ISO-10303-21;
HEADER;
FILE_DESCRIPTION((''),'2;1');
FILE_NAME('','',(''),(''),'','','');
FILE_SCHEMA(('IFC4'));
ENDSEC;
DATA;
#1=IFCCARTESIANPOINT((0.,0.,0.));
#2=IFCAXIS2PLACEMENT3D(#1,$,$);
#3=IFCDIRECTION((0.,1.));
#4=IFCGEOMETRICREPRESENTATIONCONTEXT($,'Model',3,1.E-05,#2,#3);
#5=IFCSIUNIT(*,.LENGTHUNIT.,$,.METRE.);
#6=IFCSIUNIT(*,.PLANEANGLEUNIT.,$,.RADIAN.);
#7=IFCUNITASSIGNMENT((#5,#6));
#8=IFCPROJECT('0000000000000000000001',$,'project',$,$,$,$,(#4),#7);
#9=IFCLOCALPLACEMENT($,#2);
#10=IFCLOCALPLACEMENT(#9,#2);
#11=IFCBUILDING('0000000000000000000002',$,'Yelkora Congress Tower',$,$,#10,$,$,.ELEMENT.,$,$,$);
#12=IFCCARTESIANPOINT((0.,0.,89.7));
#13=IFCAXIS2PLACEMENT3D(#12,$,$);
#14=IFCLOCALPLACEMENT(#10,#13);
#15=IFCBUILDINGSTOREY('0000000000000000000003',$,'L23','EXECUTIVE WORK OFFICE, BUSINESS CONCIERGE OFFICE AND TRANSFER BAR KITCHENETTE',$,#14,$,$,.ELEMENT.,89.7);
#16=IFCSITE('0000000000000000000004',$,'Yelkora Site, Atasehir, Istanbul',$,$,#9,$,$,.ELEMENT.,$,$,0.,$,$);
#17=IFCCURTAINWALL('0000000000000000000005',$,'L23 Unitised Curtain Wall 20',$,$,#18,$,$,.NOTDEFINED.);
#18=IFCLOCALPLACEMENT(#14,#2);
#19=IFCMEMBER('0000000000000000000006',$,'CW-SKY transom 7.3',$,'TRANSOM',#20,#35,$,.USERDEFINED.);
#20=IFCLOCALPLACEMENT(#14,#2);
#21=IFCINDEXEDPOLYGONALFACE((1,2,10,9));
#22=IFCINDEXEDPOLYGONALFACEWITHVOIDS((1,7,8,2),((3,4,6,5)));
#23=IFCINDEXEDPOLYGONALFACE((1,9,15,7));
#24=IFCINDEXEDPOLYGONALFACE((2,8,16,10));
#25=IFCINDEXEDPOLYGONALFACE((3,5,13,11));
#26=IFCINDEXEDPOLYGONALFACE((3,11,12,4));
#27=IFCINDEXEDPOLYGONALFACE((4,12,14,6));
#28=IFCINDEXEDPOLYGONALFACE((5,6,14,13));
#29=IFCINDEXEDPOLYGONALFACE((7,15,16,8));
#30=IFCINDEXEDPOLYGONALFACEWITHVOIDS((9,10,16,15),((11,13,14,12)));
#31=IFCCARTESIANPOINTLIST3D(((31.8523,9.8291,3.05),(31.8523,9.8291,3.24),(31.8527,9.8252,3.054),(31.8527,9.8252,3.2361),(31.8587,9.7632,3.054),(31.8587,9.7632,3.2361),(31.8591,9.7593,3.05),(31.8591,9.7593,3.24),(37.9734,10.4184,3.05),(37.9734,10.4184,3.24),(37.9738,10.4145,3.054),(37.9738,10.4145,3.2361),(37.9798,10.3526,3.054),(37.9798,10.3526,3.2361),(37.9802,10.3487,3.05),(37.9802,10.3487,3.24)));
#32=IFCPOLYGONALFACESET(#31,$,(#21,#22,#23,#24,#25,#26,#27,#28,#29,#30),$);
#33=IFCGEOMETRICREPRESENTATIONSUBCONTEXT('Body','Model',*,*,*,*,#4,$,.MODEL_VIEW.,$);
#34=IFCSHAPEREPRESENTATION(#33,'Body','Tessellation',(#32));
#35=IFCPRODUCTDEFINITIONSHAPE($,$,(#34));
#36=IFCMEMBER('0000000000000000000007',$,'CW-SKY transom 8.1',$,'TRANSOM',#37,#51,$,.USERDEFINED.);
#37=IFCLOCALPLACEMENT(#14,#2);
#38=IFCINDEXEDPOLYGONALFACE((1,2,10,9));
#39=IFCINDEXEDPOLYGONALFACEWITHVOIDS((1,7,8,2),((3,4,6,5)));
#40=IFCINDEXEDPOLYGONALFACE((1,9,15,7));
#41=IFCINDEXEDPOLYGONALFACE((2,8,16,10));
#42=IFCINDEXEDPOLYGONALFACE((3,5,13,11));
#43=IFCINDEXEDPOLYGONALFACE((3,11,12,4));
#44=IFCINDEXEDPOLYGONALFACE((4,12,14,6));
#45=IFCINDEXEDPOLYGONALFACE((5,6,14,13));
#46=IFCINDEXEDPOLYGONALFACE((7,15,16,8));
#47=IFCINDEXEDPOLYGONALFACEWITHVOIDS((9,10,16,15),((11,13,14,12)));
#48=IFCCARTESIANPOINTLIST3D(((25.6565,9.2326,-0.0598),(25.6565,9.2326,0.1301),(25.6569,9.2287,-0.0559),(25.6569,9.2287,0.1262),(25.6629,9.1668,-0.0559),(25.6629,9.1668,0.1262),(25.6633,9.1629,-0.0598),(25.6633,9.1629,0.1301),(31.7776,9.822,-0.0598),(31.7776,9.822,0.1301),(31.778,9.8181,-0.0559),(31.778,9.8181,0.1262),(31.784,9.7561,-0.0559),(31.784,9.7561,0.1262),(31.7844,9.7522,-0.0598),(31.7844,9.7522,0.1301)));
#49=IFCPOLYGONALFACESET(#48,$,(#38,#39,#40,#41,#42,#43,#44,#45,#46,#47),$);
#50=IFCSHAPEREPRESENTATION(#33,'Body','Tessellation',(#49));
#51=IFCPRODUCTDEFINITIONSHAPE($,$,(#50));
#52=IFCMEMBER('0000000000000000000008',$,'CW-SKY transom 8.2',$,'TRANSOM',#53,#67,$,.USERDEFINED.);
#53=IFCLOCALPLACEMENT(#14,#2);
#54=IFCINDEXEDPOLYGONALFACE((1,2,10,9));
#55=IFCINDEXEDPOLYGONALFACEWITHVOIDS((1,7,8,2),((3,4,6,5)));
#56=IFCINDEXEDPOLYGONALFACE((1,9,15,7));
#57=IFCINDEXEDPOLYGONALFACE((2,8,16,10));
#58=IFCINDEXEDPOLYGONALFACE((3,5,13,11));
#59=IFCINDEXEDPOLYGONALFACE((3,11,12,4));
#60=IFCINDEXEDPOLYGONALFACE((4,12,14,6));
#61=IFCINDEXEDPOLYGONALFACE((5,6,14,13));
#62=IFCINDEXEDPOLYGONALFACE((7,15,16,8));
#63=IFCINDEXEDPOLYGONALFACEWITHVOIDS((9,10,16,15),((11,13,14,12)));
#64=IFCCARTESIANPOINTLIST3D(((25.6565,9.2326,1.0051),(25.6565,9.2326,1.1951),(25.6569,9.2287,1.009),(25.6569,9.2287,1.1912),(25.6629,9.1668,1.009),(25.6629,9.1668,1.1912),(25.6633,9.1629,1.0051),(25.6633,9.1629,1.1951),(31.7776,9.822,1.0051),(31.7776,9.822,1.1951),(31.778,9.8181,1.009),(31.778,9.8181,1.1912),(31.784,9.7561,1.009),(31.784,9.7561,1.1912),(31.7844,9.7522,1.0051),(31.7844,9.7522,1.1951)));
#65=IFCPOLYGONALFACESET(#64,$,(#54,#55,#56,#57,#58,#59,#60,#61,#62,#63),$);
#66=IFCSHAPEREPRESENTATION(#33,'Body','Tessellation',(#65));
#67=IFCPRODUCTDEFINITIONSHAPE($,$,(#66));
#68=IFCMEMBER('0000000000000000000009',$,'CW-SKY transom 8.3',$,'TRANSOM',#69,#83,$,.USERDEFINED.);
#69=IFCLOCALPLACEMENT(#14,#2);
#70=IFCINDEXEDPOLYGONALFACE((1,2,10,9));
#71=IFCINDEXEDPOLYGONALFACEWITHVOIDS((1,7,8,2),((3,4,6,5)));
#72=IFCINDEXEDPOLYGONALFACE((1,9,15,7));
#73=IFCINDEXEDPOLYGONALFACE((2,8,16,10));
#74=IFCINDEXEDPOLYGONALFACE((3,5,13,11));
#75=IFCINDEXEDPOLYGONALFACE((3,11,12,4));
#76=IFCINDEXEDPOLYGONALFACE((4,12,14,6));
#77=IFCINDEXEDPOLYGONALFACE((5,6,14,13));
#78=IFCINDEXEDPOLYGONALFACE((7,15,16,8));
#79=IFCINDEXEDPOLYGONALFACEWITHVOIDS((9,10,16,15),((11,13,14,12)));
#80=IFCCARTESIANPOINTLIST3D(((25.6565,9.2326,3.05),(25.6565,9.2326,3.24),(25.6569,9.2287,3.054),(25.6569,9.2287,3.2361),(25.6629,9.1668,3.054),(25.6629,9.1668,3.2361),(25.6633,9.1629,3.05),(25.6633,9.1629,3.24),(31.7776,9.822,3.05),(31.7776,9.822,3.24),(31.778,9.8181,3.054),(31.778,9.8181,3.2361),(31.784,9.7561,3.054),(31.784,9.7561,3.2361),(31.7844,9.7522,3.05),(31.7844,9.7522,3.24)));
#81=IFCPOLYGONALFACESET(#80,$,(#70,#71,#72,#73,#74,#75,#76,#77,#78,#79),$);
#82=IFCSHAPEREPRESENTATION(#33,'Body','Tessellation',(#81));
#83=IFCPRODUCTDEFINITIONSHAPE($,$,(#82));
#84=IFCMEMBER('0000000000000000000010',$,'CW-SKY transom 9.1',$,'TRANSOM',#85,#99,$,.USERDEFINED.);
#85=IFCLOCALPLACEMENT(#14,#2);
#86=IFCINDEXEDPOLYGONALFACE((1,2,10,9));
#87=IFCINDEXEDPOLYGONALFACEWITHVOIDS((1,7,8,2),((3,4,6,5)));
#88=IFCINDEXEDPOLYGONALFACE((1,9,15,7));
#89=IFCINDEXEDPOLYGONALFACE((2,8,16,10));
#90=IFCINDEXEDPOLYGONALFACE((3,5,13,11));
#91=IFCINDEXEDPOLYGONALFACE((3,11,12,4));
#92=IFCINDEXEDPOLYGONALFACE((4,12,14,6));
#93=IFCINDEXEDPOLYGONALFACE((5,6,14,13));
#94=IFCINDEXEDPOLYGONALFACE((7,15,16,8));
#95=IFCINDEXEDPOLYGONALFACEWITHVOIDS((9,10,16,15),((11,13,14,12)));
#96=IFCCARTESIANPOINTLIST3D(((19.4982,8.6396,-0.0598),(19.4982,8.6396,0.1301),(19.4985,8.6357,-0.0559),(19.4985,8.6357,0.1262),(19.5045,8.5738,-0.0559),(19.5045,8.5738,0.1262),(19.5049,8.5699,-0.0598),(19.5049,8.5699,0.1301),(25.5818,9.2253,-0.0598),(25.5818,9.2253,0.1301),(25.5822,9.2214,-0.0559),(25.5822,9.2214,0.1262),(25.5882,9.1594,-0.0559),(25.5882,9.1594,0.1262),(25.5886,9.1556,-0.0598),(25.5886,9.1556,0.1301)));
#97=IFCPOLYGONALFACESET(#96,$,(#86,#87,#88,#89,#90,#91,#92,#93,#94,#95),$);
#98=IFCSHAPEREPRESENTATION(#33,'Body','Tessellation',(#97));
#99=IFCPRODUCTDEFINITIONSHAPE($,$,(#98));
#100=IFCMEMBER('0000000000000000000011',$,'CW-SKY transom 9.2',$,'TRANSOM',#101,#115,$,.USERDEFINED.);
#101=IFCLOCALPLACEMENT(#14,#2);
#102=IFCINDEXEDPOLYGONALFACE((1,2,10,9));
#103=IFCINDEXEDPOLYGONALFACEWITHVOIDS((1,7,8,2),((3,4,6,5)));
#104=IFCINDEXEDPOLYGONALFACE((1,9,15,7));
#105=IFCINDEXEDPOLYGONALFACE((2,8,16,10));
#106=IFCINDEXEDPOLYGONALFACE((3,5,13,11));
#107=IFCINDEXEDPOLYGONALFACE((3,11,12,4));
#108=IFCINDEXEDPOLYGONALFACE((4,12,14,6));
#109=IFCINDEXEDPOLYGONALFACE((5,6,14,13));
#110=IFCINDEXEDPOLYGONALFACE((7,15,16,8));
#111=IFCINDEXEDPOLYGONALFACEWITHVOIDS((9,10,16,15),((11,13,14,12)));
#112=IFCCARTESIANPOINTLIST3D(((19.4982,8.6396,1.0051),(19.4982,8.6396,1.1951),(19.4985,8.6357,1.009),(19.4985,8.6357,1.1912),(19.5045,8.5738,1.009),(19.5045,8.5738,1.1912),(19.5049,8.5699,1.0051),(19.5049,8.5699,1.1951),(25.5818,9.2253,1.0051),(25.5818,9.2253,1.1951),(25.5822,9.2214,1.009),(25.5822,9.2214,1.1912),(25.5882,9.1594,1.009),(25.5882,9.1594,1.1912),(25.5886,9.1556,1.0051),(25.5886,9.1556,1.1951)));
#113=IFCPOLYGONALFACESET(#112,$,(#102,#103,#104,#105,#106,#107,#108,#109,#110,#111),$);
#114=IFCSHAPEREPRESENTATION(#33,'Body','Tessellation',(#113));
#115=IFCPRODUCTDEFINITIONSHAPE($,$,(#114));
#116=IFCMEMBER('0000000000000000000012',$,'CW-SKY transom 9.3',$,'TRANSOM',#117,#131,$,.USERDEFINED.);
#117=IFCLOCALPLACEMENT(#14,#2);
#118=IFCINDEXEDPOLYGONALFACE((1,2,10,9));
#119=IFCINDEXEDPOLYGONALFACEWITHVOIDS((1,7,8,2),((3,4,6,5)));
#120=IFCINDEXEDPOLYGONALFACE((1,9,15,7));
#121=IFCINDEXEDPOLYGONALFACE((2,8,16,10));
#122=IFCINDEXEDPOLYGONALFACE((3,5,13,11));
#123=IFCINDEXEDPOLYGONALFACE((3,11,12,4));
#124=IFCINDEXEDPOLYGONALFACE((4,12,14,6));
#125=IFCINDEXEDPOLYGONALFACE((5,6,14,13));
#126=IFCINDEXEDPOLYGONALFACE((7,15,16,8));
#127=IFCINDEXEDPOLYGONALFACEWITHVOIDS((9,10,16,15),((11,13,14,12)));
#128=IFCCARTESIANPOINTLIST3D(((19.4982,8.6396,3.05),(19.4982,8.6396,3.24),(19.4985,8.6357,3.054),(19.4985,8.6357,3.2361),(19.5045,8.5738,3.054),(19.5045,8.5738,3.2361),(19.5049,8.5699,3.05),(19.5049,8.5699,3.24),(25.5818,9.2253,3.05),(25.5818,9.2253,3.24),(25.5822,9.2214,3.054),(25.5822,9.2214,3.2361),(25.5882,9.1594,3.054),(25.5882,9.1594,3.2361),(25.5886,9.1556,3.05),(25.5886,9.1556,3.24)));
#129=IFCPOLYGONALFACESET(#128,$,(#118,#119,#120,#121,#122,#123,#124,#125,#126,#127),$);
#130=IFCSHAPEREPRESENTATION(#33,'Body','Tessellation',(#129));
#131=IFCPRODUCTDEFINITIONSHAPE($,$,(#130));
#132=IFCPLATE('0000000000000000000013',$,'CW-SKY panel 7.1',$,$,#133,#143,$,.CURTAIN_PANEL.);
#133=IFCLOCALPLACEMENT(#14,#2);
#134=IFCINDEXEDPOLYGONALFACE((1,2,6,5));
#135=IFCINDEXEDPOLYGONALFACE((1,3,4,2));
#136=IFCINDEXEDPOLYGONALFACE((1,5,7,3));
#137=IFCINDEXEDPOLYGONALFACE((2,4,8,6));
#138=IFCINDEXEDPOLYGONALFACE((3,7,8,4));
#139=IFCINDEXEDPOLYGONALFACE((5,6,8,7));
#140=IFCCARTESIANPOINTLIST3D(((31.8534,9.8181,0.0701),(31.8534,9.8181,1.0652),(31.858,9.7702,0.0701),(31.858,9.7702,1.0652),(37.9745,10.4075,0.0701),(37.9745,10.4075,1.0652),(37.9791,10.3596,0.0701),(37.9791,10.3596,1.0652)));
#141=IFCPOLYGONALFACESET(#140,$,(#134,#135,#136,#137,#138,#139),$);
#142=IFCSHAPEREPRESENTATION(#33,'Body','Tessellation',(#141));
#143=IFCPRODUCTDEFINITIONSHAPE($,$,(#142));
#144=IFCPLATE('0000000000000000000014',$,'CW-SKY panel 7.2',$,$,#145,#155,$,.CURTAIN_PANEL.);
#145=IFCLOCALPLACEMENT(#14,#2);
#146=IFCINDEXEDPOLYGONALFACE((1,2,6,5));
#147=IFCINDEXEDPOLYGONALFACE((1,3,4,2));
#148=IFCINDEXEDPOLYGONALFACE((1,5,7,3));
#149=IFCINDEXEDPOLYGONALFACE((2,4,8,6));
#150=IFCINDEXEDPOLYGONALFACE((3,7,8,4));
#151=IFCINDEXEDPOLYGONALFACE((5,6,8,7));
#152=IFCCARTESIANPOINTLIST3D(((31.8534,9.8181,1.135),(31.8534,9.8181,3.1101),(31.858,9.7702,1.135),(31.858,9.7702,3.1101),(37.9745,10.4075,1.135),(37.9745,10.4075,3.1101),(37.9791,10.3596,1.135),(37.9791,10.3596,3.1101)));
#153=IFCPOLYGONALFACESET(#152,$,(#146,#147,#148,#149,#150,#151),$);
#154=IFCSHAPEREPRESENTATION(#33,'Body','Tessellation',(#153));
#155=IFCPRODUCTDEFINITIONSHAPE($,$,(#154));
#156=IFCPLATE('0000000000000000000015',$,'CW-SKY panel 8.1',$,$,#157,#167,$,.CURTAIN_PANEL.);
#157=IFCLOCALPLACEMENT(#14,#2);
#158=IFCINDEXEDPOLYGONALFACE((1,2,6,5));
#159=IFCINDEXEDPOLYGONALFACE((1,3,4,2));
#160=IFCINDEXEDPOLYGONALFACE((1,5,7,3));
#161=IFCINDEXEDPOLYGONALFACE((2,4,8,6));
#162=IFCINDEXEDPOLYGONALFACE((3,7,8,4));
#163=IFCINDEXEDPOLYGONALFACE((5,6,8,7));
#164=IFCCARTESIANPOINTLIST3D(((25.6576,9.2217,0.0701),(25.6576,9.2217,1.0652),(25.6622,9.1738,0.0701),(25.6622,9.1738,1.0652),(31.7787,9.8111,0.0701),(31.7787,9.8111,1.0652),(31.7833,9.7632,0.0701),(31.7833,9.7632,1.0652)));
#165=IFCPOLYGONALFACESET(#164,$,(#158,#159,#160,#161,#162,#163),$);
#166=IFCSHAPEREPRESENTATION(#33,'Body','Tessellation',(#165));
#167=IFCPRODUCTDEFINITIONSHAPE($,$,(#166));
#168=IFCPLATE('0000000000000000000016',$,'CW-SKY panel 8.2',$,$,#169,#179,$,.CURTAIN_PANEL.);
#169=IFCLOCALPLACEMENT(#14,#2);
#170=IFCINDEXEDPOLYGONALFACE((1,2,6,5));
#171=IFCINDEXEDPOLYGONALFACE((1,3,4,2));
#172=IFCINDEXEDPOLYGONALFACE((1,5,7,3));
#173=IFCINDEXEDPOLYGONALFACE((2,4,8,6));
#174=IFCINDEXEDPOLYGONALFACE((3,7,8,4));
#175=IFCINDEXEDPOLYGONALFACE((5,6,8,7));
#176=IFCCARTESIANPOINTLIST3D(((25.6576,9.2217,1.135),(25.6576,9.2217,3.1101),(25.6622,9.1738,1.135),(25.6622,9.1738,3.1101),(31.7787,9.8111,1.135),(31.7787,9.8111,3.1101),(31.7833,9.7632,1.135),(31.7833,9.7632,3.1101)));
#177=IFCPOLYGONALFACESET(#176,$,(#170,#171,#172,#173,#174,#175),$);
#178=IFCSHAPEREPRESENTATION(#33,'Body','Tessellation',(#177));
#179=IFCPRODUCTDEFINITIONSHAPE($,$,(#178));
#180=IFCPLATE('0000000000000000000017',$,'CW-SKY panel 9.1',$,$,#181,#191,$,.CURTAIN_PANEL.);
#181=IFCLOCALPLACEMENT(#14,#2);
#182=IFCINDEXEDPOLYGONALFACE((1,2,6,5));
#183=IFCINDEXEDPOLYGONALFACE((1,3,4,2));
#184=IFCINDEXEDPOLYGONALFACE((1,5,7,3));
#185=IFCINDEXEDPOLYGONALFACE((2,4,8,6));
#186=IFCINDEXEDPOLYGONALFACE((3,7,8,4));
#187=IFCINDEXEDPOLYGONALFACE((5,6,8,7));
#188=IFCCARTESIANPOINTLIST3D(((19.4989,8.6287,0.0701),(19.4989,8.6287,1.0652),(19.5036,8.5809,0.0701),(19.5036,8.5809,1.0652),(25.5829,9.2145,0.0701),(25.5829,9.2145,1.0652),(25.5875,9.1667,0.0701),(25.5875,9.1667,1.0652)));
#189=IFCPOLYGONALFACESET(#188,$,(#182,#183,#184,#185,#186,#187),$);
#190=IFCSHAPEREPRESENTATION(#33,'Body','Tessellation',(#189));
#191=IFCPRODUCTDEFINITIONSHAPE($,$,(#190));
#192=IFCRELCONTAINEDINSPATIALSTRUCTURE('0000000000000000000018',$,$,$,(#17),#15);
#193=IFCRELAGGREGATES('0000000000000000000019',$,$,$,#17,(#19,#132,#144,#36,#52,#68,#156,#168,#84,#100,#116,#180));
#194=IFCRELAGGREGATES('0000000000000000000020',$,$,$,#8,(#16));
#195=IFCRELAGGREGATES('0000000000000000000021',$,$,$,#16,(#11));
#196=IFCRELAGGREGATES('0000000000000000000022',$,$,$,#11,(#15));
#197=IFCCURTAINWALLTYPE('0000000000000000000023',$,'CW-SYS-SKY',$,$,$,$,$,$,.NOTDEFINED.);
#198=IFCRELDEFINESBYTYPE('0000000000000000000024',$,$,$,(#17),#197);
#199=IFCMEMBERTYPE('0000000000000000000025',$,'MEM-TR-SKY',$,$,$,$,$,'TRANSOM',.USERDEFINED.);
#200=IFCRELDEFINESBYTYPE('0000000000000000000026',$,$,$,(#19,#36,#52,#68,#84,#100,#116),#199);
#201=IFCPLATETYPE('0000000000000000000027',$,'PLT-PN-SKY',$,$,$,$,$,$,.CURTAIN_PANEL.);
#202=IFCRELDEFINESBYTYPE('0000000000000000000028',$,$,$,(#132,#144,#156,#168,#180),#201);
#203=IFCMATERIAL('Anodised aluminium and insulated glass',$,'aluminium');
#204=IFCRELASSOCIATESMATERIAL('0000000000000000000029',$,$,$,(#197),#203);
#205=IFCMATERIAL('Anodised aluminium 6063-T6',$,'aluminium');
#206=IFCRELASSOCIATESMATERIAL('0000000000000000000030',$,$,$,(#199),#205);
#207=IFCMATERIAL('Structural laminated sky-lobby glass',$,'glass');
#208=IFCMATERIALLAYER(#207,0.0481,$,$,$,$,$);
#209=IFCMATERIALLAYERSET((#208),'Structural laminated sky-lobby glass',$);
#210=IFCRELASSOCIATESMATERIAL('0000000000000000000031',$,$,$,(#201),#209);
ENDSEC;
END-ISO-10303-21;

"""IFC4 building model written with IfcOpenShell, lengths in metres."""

from ifc_helpers import new_model, si_unit, direction, frame, origin, origin_2d, place, context, subcontext, project, spatial, rectangle, hollow_rectangle, extrude, material, layer, layer_set, material_profile, profile_set, type_object, element, aggregate, save


model = new_model("IFC4")

# Units and contexts
model_context = context("Model", 3, precision=1e-05, world=origin(), true_north=direction((0.0, 1.0)))
body_context = subcontext(model_context, "Body", "Model", "MODEL_VIEW")
ifc_project = project(units=[si_unit("LENGTHUNIT", "METRE"), si_unit("PLANEANGLEUNIT", "RADIAN")], contexts=[model_context])

# Site, building, storey
site_placement = place(None, origin())
site = spatial("IfcSite", under=ifc_project, at=site_placement, Name="Yelkora Site, Atasehir, Istanbul", CompositionType="ELEMENT", RefElevation=0.0)
building_placement = place(site_placement, origin())
building = spatial("IfcBuilding", under=site, at=building_placement, Name="Yelkora Congress Tower", CompositionType="ELEMENT")
storey_placement = place(building_placement, frame((0.0, 0.0, 89.7)))
storey = spatial("IfcBuildingStorey", under=building, at=storey_placement, Name="L23", Description="EXECUTIVE WORK OFFICE, BUSINESS CONCIERGE OFFICE AND TRANSFER BAR KITCHENETTE", CompositionType="ELEMENT", Elevation=89.7)

# Curtain wall, members, plates
ifc_material_1 = material(Name="Anodised aluminium and insulated glass", Category="aluminium")
curtain_wall_type = type_object("IfcCurtainWallType", Name="CW-SYS-SKY", PredefinedType="NOTDEFINED", material=ifc_material_1)
curtain_wall_placement = place(storey_placement, origin())
curtain_wall = element("IfcCurtainWall", 1, at=curtain_wall_placement, inside=storey, type_object=curtain_wall_type, Name="L23 Unitised Curtain Wall 20", PredefinedType="NOTDEFINED")
ifc_material_2 = material(Name="Anodised aluminium 6063-T6", Category="aluminium")
ifc_material_profile_1 = material_profile(ifc_material_2, hollow_rectangle(XDim=0.0701, YDim=0.1899, WallThickness=0.0039, at=origin_2d()), Name="ALU 70x190x4")
ifc_profile_set_1 = profile_set([ifc_material_profile_1], Name="Anodised aluminium 6063-T6")
member_type_1 = type_object("IfcMemberType", Name="MEM-TR-SKY", ElementType="TRANSOM", PredefinedType="USERDEFINED", material=ifc_profile_set_1)
member_1_placement = place(storey_placement, frame((37.9768, 10.3835, 3.145), z_axis=(-0.995397, -0.095839, 0.0), x_axis=(0.095839, -0.995397, 0.0)))
member_1 = element("IfcMember", 2, at=member_1_placement, type_object=member_type_1, Name="CW-SKY transom 7.3", ObjectType="TRANSOM", PredefinedType="USERDEFINED", context=body_context, shape_type="SweptSolid", body=[
    extrude(hollow_rectangle(XDim=0.0701, YDim=0.1899, WallThickness=0.0039, at=origin_2d()), origin(), (0.0, 0.0, 1.0), 6.1494),
])
member_2_placement = place(storey_placement, frame((31.781, 9.7871, 0.0352), z_axis=(-0.995397, -0.095839, 0.0), x_axis=(0.095839, -0.995397, 0.0)))
member_2 = element("IfcMember", 3, at=member_2_placement, type_object=member_type_1, Name="CW-SKY transom 8.1", ObjectType="TRANSOM", PredefinedType="USERDEFINED", context=body_context, shape_type="SweptSolid", body=[
    extrude(hollow_rectangle(XDim=0.0701, YDim=0.1899, WallThickness=0.0039, at=origin_2d()), origin(), (0.0, 0.0, 1.0), 6.1494),
])
member_3_placement = place(storey_placement, frame((31.781, 9.7871, 1.1001), z_axis=(-0.995397, -0.095839, 0.0), x_axis=(0.095839, -0.995397, 0.0)))
member_3 = element("IfcMember", 4, at=member_3_placement, type_object=member_type_1, Name="CW-SKY transom 8.2", ObjectType="TRANSOM", PredefinedType="USERDEFINED", context=body_context, shape_type="SweptSolid", body=[
    extrude(hollow_rectangle(XDim=0.0701, YDim=0.1899, WallThickness=0.0039, at=origin_2d()), origin(), (0.0, 0.0, 1.0), 6.1494),
])
member_4_placement = place(storey_placement, frame((31.781, 9.7871, 3.145), z_axis=(-0.995397, -0.095839, 0.0), x_axis=(0.095839, -0.995397, 0.0)))
member_4 = element("IfcMember", 5, at=member_4_placement, type_object=member_type_1, Name="CW-SKY transom 8.3", ObjectType="TRANSOM", PredefinedType="USERDEFINED", context=body_context, shape_type="SweptSolid", body=[
    extrude(hollow_rectangle(XDim=0.0701, YDim=0.1899, WallThickness=0.0039, at=origin_2d()), origin(), (0.0, 0.0, 1.0), 6.1494),
])
member_5_placement = place(storey_placement, frame((25.5852, 9.1904, 0.0352), z_axis=(-0.995398, -0.095829, 0.0), x_axis=(0.095829, -0.995398, 0.0)))
member_5 = element("IfcMember", 6, at=member_5_placement, type_object=member_type_1, Name="CW-SKY transom 9.1", ObjectType="TRANSOM", PredefinedType="USERDEFINED", context=body_context, shape_type="SweptSolid", body=[
    extrude(hollow_rectangle(XDim=0.0701, YDim=0.1899, WallThickness=0.0039, at=origin_2d()), origin(), (0.0, 0.0, 1.0), 6.1118),
])
member_6_placement = place(storey_placement, frame((25.5852, 9.1904, 1.1001), z_axis=(-0.995398, -0.095829, 0.0), x_axis=(0.095829, -0.995398, 0.0)))
member_6 = element("IfcMember", 7, at=member_6_placement, type_object=member_type_1, Name="CW-SKY transom 9.2", ObjectType="TRANSOM", PredefinedType="USERDEFINED", context=body_context, shape_type="SweptSolid", body=[
    extrude(hollow_rectangle(XDim=0.0701, YDim=0.1899, WallThickness=0.0039, at=origin_2d()), origin(), (0.0, 0.0, 1.0), 6.1118),
])
member_7_placement = place(storey_placement, frame((25.5852, 9.1904, 3.145), z_axis=(-0.995398, -0.095829, 0.0), x_axis=(0.095829, -0.995398, 0.0)))
member_7 = element("IfcMember", 8, at=member_7_placement, type_object=member_type_1, Name="CW-SKY transom 9.3", ObjectType="TRANSOM", PredefinedType="USERDEFINED", context=body_context, shape_type="SweptSolid", body=[
    extrude(hollow_rectangle(XDim=0.0701, YDim=0.1899, WallThickness=0.0039, at=origin_2d()), origin(), (0.0, 0.0, 1.0), 6.1118),
])
ifc_material_3 = material(Name="Structural laminated sky-lobby glass", Category="glass")
ifc_layer_1 = layer(ifc_material_3, 0.0481)
ifc_layer_set_1 = layer_set([ifc_layer_1], Name="Structural laminated sky-lobby glass")
plate_type = type_object("IfcPlateType", Name="PLT-PN-SKY", PredefinedType="CURTAIN_PANEL", material=ifc_layer_set_1)
plate_1_placement = place(storey_placement, frame((34.9163, 10.0889, 0.0701), z_axis=(0.0, 0.0, 1.0), x_axis=(-0.995396, -0.095844, 0.0)))
plate_1 = element("IfcPlate", 9, at=plate_1_placement, type_object=plate_type, Name="CW-SKY panel 7.1", PredefinedType="CURTAIN_PANEL", context=body_context, shape_type="SweptSolid", body=[
    extrude(rectangle(XDim=6.1494, YDim=0.0481, at=origin_2d()), origin(), (0.0, 0.0, 1.0), 0.9951),
])
plate_2_placement = place(storey_placement, frame((34.9163, 10.0889, 1.135), z_axis=(0.0, 0.0, 1.0), x_axis=(-0.995396, -0.095844, 0.0)))
plate_2 = element("IfcPlate", 10, at=plate_2_placement, type_object=plate_type, Name="CW-SKY panel 7.2", PredefinedType="CURTAIN_PANEL", context=body_context, shape_type="SweptSolid", body=[
    extrude(rectangle(XDim=6.1494, YDim=0.0481, at=origin_2d()), origin(), (0.0, 0.0, 1.0), 1.9751),
])
plate_3_placement = place(storey_placement, frame((28.7205, 9.4924, 0.0701), z_axis=(0.0, 0.0, 1.0), x_axis=(-0.995396, -0.095844, 0.0)))
plate_3 = element("IfcPlate", 11, at=plate_3_placement, type_object=plate_type, Name="CW-SKY panel 8.1", PredefinedType="CURTAIN_PANEL", context=body_context, shape_type="SweptSolid", body=[
    extrude(rectangle(XDim=6.1494, YDim=0.0481, at=origin_2d()), origin(), (0.0, 0.0, 1.0), 0.9951),
])
plate_4_placement = place(storey_placement, frame((28.7205, 9.4924, 1.135), z_axis=(0.0, 0.0, 1.0), x_axis=(-0.995396, -0.095844, 0.0)))
plate_4 = element("IfcPlate", 12, at=plate_4_placement, type_object=plate_type, Name="CW-SKY panel 8.2", PredefinedType="CURTAIN_PANEL", context=body_context, shape_type="SweptSolid", body=[
    extrude(rectangle(XDim=6.1494, YDim=0.0481, at=origin_2d()), origin(), (0.0, 0.0, 1.0), 1.9751),
])
plate_5_placement = place(storey_placement, frame((22.5432, 8.8977, 0.0701), z_axis=(0.0, 0.0, 1.0), x_axis=(-0.995396, -0.095844, 0.0)))
plate_5 = element("IfcPlate", 13, at=plate_5_placement, type_object=plate_type, Name="CW-SKY panel 9.1", PredefinedType="CURTAIN_PANEL", context=body_context, shape_type="SweptSolid", body=[
    extrude(rectangle(XDim=6.1121, YDim=0.0481, at=origin_2d()), origin(), (0.0, 0.0, 1.0), 0.9951),
])
aggregate(curtain_wall, [member_1, plate_1, plate_2, member_2, member_3, member_4, plate_3, plate_4, member_5, member_6, member_7, plate_5])

save(model, "model.ifc")
